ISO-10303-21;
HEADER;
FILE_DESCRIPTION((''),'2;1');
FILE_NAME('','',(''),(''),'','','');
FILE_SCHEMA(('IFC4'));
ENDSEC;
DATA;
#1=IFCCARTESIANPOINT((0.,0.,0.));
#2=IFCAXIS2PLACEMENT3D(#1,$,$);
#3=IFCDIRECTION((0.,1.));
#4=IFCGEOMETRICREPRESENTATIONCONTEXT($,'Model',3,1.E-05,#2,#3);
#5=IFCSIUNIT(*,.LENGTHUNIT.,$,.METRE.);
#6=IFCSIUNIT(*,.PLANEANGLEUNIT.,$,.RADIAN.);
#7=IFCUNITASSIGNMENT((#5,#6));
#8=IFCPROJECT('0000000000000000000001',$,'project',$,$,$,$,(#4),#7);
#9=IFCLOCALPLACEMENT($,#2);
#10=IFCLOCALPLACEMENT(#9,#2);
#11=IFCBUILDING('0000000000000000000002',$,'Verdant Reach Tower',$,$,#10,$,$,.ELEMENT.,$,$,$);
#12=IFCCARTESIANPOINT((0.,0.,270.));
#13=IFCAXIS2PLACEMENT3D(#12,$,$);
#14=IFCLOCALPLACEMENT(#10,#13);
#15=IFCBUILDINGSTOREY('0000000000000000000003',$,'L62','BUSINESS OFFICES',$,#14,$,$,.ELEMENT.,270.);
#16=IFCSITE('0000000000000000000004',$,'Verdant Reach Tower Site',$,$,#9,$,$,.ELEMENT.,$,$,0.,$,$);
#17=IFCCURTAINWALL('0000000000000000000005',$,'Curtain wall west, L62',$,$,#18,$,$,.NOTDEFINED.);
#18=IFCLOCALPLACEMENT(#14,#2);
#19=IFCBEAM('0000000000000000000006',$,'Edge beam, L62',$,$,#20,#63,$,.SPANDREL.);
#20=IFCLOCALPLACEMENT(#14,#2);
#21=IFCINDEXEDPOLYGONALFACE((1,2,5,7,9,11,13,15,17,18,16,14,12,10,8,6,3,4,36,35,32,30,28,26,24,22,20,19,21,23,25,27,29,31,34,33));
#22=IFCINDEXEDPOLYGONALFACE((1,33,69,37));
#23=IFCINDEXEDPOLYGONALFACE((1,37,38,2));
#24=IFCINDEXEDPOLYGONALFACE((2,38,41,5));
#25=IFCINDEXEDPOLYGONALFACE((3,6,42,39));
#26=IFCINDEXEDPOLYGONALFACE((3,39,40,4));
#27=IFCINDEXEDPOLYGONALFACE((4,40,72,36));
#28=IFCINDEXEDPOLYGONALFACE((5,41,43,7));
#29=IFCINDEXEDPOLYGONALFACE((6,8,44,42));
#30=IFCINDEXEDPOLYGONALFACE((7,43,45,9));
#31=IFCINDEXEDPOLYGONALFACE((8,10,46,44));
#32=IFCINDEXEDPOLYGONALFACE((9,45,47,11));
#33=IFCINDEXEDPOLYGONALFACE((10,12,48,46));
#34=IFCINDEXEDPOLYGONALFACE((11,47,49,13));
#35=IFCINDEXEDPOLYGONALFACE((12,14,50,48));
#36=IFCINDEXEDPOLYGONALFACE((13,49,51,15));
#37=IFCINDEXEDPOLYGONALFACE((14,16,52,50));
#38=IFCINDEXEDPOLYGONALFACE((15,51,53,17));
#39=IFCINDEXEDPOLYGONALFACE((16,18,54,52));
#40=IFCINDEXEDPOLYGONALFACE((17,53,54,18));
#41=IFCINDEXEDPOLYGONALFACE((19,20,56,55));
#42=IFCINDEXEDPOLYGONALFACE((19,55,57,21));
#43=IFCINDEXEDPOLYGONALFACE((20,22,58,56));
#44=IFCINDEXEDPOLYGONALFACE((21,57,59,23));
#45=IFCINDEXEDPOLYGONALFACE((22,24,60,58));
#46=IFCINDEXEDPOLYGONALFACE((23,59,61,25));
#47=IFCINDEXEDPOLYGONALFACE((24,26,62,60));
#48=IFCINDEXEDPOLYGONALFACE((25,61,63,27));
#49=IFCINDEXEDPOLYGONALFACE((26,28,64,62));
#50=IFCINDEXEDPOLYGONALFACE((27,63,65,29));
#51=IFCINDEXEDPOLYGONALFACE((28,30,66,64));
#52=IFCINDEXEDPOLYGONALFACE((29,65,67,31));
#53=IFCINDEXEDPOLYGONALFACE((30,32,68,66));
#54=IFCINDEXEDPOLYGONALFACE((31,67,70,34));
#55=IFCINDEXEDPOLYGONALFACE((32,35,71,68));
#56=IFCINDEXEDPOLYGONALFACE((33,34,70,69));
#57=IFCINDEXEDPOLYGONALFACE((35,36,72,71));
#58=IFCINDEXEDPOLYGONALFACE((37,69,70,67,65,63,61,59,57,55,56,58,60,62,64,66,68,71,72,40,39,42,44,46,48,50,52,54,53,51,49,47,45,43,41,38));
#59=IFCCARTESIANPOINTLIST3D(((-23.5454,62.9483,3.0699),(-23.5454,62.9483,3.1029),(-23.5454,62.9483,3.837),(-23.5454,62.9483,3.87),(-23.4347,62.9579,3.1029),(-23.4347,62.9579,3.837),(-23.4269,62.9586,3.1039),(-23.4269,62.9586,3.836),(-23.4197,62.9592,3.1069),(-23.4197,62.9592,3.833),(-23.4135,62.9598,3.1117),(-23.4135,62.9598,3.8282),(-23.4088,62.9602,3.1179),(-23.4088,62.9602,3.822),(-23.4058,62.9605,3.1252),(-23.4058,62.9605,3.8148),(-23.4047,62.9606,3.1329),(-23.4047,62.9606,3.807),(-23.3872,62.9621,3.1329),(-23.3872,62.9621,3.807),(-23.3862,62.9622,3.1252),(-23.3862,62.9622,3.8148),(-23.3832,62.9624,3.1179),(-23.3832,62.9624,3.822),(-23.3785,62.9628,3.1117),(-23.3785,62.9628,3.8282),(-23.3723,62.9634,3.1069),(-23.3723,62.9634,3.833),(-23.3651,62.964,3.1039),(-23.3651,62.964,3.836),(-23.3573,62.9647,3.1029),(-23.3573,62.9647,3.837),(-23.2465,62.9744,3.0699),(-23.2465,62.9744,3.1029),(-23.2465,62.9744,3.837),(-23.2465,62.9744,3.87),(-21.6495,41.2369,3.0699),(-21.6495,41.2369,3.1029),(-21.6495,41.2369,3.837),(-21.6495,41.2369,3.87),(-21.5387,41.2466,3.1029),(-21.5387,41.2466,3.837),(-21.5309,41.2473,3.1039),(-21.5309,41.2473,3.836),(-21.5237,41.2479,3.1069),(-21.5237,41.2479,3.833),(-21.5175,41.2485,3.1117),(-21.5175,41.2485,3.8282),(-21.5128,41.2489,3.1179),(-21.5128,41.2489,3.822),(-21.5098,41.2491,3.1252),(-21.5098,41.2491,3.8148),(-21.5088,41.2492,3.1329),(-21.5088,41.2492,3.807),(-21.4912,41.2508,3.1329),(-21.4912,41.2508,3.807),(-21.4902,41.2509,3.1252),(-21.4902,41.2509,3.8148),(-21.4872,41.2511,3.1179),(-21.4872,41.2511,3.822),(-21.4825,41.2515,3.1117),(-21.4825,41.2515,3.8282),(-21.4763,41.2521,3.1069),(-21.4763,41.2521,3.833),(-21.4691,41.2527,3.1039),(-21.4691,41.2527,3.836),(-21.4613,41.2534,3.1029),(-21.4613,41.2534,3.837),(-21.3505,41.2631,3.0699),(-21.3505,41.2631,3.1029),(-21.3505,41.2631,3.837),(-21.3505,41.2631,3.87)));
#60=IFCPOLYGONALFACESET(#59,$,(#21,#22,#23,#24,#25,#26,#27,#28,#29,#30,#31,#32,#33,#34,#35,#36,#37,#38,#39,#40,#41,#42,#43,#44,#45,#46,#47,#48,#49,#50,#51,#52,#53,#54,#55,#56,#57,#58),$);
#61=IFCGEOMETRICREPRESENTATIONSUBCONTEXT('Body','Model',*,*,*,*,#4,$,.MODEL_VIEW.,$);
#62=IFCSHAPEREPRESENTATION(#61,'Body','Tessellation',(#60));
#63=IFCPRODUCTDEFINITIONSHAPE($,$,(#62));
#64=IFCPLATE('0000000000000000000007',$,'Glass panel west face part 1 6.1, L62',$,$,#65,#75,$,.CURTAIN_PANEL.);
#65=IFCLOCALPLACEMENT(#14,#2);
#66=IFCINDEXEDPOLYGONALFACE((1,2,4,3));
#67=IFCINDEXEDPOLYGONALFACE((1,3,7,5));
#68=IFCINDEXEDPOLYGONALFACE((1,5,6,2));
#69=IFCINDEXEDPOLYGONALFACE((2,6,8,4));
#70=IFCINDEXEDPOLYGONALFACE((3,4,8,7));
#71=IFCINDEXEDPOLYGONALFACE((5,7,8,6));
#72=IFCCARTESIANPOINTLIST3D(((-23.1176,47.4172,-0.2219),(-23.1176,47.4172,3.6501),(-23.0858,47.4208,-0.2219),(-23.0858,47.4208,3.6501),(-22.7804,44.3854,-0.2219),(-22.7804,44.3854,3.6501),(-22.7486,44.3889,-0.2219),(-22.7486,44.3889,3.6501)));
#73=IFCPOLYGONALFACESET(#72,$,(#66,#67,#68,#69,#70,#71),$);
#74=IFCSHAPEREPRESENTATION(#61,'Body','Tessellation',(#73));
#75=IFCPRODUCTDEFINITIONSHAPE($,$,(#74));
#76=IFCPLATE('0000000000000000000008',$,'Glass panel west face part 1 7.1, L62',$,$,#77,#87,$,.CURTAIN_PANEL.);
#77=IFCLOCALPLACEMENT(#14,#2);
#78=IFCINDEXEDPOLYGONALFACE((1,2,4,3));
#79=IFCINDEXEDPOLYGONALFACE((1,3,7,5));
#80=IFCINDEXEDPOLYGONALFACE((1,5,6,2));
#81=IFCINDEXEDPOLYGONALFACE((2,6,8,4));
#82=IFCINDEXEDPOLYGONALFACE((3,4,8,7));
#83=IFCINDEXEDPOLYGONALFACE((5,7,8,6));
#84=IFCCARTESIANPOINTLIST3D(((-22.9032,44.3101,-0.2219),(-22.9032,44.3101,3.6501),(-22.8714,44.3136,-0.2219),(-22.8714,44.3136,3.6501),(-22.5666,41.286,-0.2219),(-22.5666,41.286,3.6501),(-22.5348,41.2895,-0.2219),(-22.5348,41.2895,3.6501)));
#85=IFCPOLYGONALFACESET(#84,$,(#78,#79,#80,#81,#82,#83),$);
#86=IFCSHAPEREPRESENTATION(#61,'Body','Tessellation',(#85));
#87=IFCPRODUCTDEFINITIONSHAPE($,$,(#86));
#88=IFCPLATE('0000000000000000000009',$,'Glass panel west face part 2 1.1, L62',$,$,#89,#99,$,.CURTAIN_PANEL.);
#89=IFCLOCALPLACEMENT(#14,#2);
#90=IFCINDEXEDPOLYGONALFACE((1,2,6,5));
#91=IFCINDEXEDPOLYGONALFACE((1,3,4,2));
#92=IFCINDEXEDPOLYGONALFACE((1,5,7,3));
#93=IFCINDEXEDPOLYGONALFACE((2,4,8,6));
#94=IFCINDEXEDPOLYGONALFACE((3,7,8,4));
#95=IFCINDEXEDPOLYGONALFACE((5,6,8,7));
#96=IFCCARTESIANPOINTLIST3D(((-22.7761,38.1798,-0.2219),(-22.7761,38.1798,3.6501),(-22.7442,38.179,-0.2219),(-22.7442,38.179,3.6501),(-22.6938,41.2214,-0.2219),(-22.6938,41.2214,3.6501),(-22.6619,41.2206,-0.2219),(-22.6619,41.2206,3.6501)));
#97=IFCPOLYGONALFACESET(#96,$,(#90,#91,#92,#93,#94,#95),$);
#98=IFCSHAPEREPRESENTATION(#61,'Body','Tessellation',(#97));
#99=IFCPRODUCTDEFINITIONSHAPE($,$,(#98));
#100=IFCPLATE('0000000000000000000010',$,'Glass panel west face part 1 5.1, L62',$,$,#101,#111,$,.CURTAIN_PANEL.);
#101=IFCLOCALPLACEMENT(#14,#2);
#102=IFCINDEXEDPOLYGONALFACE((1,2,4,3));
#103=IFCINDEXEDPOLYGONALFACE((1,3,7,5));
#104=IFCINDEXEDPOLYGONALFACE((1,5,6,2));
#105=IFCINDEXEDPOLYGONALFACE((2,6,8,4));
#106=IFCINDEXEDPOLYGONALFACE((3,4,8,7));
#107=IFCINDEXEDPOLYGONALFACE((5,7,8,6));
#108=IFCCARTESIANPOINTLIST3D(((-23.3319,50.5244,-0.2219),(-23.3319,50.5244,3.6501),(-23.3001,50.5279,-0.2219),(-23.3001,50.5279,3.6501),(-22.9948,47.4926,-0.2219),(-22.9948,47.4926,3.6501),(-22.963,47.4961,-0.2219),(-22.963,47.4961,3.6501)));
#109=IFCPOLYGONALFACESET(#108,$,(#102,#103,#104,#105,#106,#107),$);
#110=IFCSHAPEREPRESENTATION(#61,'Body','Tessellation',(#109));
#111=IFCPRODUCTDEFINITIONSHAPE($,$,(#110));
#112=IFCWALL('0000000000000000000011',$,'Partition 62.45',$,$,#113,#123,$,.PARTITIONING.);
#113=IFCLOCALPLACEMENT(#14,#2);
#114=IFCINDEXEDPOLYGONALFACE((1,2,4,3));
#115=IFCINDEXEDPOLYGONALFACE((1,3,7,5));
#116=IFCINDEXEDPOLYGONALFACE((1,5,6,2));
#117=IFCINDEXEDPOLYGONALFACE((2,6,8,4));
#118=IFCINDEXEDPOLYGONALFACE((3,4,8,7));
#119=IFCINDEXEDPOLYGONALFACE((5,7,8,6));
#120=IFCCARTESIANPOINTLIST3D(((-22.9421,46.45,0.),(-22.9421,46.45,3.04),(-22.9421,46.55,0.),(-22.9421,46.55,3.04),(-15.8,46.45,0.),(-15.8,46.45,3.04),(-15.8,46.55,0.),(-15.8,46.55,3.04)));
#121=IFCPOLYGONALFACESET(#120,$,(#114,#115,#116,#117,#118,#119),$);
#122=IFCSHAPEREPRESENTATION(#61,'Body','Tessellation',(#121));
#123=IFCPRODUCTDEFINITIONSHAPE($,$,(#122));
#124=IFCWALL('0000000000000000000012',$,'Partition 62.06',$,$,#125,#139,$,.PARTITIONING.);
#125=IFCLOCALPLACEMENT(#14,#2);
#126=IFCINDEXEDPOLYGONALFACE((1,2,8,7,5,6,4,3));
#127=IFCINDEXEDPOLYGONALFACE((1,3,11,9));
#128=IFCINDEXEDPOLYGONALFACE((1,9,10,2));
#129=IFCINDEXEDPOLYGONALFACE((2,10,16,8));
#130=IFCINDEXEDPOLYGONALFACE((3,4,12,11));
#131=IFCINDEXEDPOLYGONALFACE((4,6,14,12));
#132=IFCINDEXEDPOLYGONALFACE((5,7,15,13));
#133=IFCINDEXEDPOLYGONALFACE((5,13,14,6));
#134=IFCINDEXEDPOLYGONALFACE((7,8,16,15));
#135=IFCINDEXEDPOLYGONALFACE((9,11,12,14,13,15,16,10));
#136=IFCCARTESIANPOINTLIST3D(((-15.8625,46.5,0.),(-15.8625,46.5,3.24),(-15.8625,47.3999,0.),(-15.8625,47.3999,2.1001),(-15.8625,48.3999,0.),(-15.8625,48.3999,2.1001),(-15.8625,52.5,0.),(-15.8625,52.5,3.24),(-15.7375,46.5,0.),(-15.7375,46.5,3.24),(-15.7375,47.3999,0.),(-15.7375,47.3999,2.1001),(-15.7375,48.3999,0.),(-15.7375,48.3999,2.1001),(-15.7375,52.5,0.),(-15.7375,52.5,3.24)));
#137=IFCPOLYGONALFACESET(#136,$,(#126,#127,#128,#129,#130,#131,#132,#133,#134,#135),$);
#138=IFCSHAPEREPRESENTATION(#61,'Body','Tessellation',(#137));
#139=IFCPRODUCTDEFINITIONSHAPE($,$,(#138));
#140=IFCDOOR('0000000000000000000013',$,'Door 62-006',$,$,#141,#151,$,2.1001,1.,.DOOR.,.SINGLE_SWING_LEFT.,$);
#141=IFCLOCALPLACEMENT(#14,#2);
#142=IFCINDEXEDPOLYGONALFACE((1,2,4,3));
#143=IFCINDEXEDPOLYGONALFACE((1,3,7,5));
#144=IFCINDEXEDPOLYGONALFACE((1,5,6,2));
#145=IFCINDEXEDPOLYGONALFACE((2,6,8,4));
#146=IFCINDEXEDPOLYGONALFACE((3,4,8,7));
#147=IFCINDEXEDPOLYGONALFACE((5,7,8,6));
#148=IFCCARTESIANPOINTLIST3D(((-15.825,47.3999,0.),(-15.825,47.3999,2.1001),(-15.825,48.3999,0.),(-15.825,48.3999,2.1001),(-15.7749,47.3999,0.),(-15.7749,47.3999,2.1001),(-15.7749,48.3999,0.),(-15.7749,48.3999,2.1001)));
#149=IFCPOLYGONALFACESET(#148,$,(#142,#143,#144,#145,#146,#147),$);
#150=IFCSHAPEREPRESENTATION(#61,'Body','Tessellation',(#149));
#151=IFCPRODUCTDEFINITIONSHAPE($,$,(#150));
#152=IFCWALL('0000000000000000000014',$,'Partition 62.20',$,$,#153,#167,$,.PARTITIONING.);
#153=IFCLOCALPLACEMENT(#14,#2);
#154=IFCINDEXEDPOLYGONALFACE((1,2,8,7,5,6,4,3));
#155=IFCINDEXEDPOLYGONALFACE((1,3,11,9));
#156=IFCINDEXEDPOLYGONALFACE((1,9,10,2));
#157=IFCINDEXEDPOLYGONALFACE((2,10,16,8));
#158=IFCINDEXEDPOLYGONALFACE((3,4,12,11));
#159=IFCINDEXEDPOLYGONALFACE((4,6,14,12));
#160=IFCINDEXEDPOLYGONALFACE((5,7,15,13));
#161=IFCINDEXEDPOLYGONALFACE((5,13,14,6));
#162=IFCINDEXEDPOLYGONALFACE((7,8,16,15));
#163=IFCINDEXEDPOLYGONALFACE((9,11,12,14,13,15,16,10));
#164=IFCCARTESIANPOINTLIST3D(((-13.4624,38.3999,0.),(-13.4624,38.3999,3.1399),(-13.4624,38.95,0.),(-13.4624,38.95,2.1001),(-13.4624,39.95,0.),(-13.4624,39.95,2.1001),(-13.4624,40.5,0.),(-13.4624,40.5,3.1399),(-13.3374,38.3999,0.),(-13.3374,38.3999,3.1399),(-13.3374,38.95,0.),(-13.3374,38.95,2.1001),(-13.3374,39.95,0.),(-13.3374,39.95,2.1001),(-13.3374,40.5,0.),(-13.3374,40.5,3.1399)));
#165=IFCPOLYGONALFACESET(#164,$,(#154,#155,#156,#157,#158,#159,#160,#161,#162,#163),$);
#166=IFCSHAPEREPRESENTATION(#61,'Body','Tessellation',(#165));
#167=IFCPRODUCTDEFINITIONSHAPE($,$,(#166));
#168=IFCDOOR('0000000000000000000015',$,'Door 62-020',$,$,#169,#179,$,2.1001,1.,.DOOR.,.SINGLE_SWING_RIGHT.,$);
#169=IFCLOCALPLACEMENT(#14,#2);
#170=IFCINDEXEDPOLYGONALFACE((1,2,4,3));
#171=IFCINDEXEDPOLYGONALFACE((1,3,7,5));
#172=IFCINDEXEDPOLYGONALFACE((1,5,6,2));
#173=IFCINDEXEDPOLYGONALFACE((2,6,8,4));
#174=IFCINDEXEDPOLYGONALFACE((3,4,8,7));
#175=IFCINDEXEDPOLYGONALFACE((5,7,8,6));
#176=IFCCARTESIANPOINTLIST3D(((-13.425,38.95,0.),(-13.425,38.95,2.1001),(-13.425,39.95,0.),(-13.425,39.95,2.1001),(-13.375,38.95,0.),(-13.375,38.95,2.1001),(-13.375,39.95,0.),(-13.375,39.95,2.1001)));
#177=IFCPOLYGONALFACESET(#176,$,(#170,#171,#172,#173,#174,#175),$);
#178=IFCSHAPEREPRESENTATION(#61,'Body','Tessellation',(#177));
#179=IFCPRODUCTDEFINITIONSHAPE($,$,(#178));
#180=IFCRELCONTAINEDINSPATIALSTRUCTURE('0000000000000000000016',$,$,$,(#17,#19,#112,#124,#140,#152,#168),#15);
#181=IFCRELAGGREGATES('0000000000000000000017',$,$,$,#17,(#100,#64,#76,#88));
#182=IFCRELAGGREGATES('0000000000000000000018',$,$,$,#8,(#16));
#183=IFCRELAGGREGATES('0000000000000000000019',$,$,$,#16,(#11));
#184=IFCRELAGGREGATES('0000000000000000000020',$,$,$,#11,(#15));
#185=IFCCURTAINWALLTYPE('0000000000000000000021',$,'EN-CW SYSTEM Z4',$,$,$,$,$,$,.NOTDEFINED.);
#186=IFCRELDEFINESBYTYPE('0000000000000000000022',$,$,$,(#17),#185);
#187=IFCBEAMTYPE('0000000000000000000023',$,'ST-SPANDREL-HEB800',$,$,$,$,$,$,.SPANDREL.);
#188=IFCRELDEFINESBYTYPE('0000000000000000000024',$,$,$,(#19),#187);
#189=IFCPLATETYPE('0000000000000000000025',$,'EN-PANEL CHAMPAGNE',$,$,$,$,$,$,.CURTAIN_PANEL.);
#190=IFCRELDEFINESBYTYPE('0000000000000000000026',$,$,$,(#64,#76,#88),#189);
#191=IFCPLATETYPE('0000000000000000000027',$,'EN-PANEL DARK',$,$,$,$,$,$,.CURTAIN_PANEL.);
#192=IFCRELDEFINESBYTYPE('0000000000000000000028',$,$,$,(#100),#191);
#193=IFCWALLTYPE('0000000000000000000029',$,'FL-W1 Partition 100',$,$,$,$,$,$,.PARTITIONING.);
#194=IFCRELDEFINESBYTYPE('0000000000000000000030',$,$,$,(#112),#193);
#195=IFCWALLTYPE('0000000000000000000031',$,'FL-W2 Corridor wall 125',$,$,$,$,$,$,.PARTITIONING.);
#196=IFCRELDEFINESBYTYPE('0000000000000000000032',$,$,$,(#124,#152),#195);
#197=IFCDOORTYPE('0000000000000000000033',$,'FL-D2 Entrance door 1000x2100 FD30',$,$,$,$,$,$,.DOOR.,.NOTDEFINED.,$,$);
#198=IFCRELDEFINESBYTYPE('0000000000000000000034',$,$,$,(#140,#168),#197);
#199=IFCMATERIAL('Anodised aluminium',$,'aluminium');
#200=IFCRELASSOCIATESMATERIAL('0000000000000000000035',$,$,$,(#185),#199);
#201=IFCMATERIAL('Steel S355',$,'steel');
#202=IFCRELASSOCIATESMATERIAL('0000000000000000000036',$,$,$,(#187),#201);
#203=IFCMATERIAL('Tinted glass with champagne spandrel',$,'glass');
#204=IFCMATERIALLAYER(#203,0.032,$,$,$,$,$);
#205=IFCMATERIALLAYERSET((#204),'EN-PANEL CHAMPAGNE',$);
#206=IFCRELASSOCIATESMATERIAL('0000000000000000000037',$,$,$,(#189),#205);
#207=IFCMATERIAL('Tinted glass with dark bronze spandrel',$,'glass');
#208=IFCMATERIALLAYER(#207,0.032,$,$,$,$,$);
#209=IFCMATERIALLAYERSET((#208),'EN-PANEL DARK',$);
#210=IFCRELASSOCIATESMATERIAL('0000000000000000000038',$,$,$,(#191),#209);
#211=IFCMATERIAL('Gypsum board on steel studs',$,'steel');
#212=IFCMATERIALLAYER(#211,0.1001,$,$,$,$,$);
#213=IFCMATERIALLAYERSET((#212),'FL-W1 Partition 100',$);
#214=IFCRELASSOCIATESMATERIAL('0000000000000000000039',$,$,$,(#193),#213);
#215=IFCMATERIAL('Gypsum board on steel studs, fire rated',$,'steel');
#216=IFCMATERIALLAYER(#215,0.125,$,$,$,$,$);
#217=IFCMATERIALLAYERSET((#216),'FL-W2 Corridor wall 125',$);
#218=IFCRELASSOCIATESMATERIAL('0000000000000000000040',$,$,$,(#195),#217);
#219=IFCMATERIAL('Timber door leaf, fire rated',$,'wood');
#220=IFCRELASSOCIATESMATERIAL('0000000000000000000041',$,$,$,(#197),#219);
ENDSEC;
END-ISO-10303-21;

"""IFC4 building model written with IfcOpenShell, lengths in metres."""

from ifc_helpers import new_model, si_unit, direction, frame, frame_2d, origin, origin_2d, place, context, subcontext, project, spatial, rectangle, i_section, extrude, material, layer, layer_set, material_profile, profile_set, type_object, element, fill, aggregate, save


model = new_model("IFC4")

# Units and contexts
model_context = context("Model", 3, precision=1e-05, world=origin(), true_north=direction((0.0, 1.0)))
body_context = subcontext(model_context, "Body", "Model", "MODEL_VIEW")
ifc_project = project(units=[si_unit("LENGTHUNIT", "METRE"), si_unit("PLANEANGLEUNIT", "RADIAN")], contexts=[model_context])

# Site, building, storey
site_placement = place(None, origin())
site = spatial("IfcSite", under=ifc_project, at=site_placement, Name="Verdant Reach Tower Site", CompositionType="ELEMENT", RefElevation=0.0)
building_placement = place(site_placement, origin())
building = spatial("IfcBuilding", under=site, at=building_placement, Name="Verdant Reach Tower", CompositionType="ELEMENT")
storey_placement = place(building_placement, frame((0.0, 0.0, 270.0)))
storey = spatial("IfcBuildingStorey", under=building, at=storey_placement, Name="L62", Description="BUSINESS OFFICES", CompositionType="ELEMENT", Elevation=270.0)

# Curtain wall
ifc_material_1 = material(Name="Anodised aluminium", Category="aluminium")
curtain_wall_type = type_object("IfcCurtainWallType", Name="EN-CW SYSTEM Z4", PredefinedType="NOTDEFINED", material=ifc_material_1)
curtain_wall_placement = place(storey_placement, origin())
curtain_wall = element("IfcCurtainWall", 1, at=curtain_wall_placement, inside=storey, type_object=curtain_wall_type, Name="Curtain wall west, L62", PredefinedType="NOTDEFINED")

# Beam
ifc_material_2 = material(Name="Steel S355", Category="steel")
ifc_material_profile_1 = material_profile(ifc_material_2, i_section(OverallWidth=0.3, OverallDepth=0.8, WebThickness=0.0176, FlangeThickness=0.033, FilletRadius=0.03, at=origin_2d()), Name="HEB 800")
ifc_profile_set_1 = profile_set([ifc_material_profile_1], Name="Steel S355")
beam_type_1 = type_object("IfcBeamType", Name="ST-SPANDREL-HEB800", PredefinedType="SPANDREL", material=ifc_profile_set_1)
beam_1_placement = place(storey_placement, frame((-21.5, 41.25, 3.47), z_axis=(-0.086996, 0.996209, 0.0), x_axis=(-0.996209, -0.086996, 0.0)))
element("IfcBeam", 2, at=beam_1_placement, inside=storey, type_object=beam_type_1, Name="Edge beam, L62", PredefinedType="SPANDREL", context=body_context, shape_type="SweptSolid", body=[
    extrude(i_section(OverallWidth=0.3, OverallDepth=0.8, WebThickness=0.0176, FlangeThickness=0.033, FilletRadius=0.03, at=origin_2d()), origin(), (0.0, 0.0, 1.0), 21.7939),
])

# Plates
ifc_material_3 = material(Name="Tinted glass with champagne spandrel", Category="glass")
ifc_layer_1 = layer(ifc_material_3, 0.032)
ifc_layer_set_1 = layer_set([ifc_layer_1], Name="EN-PANEL CHAMPAGNE")
plate_type_1 = type_object("IfcPlateType", Name="EN-PANEL CHAMPAGNE", PredefinedType="CURTAIN_PANEL", material=ifc_layer_set_1)
plate_1_placement = place(storey_placement, frame((-22.9331, 45.9031, -0.2219), z_axis=(0.0, 0.0, 1.0), x_axis=(0.110518, -0.993874, 0.0)))
plate_1 = element("IfcPlate", 3, at=plate_1_placement, type_object=plate_type_1, Name="Glass panel west face part 1 6.1, L62", PredefinedType="CURTAIN_PANEL", context=body_context, shape_type="SweptSolid", body=[
    extrude(rectangle(XDim=3.0505, YDim=0.032, at=origin_2d()), origin(), (0.0, 0.0, 1.0), 3.8721),
])
plate_2_placement = place(storey_placement, frame((-22.719, 42.7998, -0.2219), z_axis=(0.0, 0.0, 1.0), x_axis=(0.110603, -0.993865, 0.0)))
plate_2 = element("IfcPlate", 4, at=plate_2_placement, type_object=plate_type_1, Name="Glass panel west face part 1 7.1, L62", PredefinedType="CURTAIN_PANEL", context=body_context, shape_type="SweptSolid", body=[
    extrude(rectangle(XDim=3.0427, YDim=0.032, at=origin_2d()), origin(), (0.0, 0.0, 1.0), 3.8721),
])
plate_3_placement = place(storey_placement, frame((-22.719, 39.7002, -0.2219), z_axis=(0.0, 0.0, 1.0), x_axis=(-0.027051, -0.999634, 0.0)))
plate_3 = element("IfcPlate", 5, at=plate_3_placement, type_object=plate_type_1, Name="Glass panel west face part 2 1.1, L62", PredefinedType="CURTAIN_PANEL", context=body_context, shape_type="SweptSolid", body=[
    extrude(rectangle(XDim=3.0427, YDim=0.032, at=origin_2d()), origin(), (0.0, 0.0, 1.0), 3.8721),
])
ifc_material_4 = material(Name="Tinted glass with dark bronze spandrel", Category="glass")
ifc_layer_2 = layer(ifc_material_4, 0.032)
ifc_layer_set_2 = layer_set([ifc_layer_2], Name="EN-PANEL DARK")
plate_type_2 = type_object("IfcPlateType", Name="EN-PANEL DARK", PredefinedType="CURTAIN_PANEL", material=ifc_layer_set_2)
plate_4_placement = place(storey_placement, frame((-23.1475, 49.0103, -0.2219), z_axis=(0.0, 0.0, 1.0), x_axis=(0.110518, -0.993874, 0.0)))
plate_4 = element("IfcPlate", 6, at=plate_4_placement, type_object=plate_type_2, Name="Glass panel west face part 1 5.1, L62", PredefinedType="CURTAIN_PANEL", context=body_context, shape_type="SweptSolid", body=[
    extrude(rectangle(XDim=3.0505, YDim=0.032, at=origin_2d()), origin(), (0.0, 0.0, 1.0), 3.8721),
])
aggregate(curtain_wall, [plate_4, plate_1, plate_2, plate_3])

# Wall
ifc_material_5 = material(Name="Gypsum board on steel studs", Category="steel")
ifc_layer_3 = layer(ifc_material_5, 0.1001)
ifc_layer_set_3 = layer_set([ifc_layer_3], Name="FL-W1 Partition 100")
wall_type_1 = type_object("IfcWallType", Name="FL-W1 Partition 100", PredefinedType="PARTITIONING", material=ifc_layer_set_3)
wall_1_placement = place(storey_placement, frame((-15.8, 46.5, 0.0), z_axis=(0.0, 0.0, 1.0), x_axis=(-1.0, 0.0, 0.0)))
element("IfcWall", 7, at=wall_1_placement, inside=storey, type_object=wall_type_1, Name="Partition 62.45", PredefinedType="PARTITIONING", context=body_context, shape_type="SweptSolid", body=[
    extrude(rectangle(XDim=7.1421, YDim=0.1001, at=frame_2d((3.571, 0.0))), origin(), (0.0, 0.0, 1.0), 3.04),
])

# Walls, openings, doors
ifc_material_6 = material(Name="Gypsum board on steel studs, fire rated", Category="steel")
ifc_layer_4 = layer(ifc_material_6, 0.125)
ifc_layer_set_4 = layer_set([ifc_layer_4], Name="FL-W2 Corridor wall 125")
wall_type_2 = type_object("IfcWallType", Name="FL-W2 Corridor wall 125", PredefinedType="PARTITIONING", material=ifc_layer_set_4)
wall_2_placement = place(storey_placement, frame((-15.8, 46.5, 0.0), z_axis=(0.0, 0.0, 1.0), x_axis=(0.0, 1.0, 0.0)))
wall_2 = element("IfcWall", 8, at=wall_2_placement, inside=storey, type_object=wall_type_2, Name="Partition 62.06", PredefinedType="PARTITIONING", context=body_context, shape_type="SweptSolid", body=[
    extrude(rectangle(XDim=6.0, YDim=0.125, at=frame_2d((3.0, 0.0))), origin(), (0.0, 0.0, 1.0), 3.24),
])
opening_1_placement = place(wall_2_placement, frame((0.8999, 0.0, 0.0)))
opening_1 = element("IfcOpeningElement", 9, at=opening_1_placement, cuts=wall_2, PredefinedType="OPENING", context=body_context, shape_type="SweptSolid", body=[
    extrude(rectangle(XDim=1.0, YDim=2.1001, at=frame_2d((0.5, 1.05))), frame((0.0, 0.0725, 0.0), z_axis=(0.0, -1.0, 0.0), x_axis=(1.0, 0.0, 0.0)), (0.0, 0.0, 1.0), 0.145),
])
ifc_material_7 = material(Name="Timber door leaf, fire rated", Category="wood")
door_type = type_object("IfcDoorType", Name="FL-D2 Entrance door 1000x2100 FD30", OperationType="NOTDEFINED", PredefinedType="DOOR", material=ifc_material_7)
door_1_placement = place(opening_1_placement, origin())
door_1 = element("IfcDoor", 10, at=door_1_placement, inside=storey, type_object=door_type, Name="Door 62-006", OperationType="SINGLE_SWING_LEFT", OverallHeight=2.1001, OverallWidth=1.0, PredefinedType="DOOR", context=body_context, shape_type="SweptSolid", body=[
    extrude(rectangle(XDim=1.0, YDim=2.1001, at=frame_2d((0.5, 1.05))), frame((0.0, 0.0249, 0.0), z_axis=(0.0, -1.0, 0.0), x_axis=(1.0, 0.0, 0.0)), (0.0, 0.0, 1.0), 0.05),
])
fill(opening_1, door_1)
wall_3_placement = place(storey_placement, frame((-13.3999, 40.5, 0.0), z_axis=(0.0, 0.0, 1.0), x_axis=(0.0, -1.0, 0.0)))
wall_3 = element("IfcWall", 11, at=wall_3_placement, inside=storey, type_object=wall_type_2, Name="Partition 62.20", PredefinedType="PARTITIONING", context=body_context, shape_type="SweptSolid", body=[
    extrude(rectangle(XDim=2.1001, YDim=0.125, at=frame_2d((1.05, 0.0))), origin(), (0.0, 0.0, 1.0), 3.1399),
])
opening_2_placement = place(wall_3_placement, frame((0.55, 0.0, 0.0)))
opening_2 = element("IfcOpeningElement", 12, at=opening_2_placement, cuts=wall_3, PredefinedType="OPENING", context=body_context, shape_type="SweptSolid", body=[
    extrude(rectangle(XDim=1.0, YDim=2.1001, at=frame_2d((0.5, 1.05))), frame((0.0, 0.0725, 0.0), z_axis=(0.0, -1.0, 0.0), x_axis=(1.0, 0.0, 0.0)), (0.0, 0.0, 1.0), 0.145),
])
door_2_placement = place(opening_2_placement, origin())
door_2 = element("IfcDoor", 13, at=door_2_placement, inside=storey, type_object=door_type, Name="Door 62-020", OperationType="SINGLE_SWING_RIGHT", OverallHeight=2.1001, OverallWidth=1.0, PredefinedType="DOOR", context=body_context, shape_type="SweptSolid", body=[
    extrude(rectangle(XDim=1.0, YDim=2.1001, at=frame_2d((0.5, 1.05))), frame((0.0, 0.0249, 0.0), z_axis=(0.0, -1.0, 0.0), x_axis=(1.0, 0.0, 0.0)), (0.0, 0.0, 1.0), 0.05),
])
fill(opening_2, door_2)

save(model, "model.ifc")
